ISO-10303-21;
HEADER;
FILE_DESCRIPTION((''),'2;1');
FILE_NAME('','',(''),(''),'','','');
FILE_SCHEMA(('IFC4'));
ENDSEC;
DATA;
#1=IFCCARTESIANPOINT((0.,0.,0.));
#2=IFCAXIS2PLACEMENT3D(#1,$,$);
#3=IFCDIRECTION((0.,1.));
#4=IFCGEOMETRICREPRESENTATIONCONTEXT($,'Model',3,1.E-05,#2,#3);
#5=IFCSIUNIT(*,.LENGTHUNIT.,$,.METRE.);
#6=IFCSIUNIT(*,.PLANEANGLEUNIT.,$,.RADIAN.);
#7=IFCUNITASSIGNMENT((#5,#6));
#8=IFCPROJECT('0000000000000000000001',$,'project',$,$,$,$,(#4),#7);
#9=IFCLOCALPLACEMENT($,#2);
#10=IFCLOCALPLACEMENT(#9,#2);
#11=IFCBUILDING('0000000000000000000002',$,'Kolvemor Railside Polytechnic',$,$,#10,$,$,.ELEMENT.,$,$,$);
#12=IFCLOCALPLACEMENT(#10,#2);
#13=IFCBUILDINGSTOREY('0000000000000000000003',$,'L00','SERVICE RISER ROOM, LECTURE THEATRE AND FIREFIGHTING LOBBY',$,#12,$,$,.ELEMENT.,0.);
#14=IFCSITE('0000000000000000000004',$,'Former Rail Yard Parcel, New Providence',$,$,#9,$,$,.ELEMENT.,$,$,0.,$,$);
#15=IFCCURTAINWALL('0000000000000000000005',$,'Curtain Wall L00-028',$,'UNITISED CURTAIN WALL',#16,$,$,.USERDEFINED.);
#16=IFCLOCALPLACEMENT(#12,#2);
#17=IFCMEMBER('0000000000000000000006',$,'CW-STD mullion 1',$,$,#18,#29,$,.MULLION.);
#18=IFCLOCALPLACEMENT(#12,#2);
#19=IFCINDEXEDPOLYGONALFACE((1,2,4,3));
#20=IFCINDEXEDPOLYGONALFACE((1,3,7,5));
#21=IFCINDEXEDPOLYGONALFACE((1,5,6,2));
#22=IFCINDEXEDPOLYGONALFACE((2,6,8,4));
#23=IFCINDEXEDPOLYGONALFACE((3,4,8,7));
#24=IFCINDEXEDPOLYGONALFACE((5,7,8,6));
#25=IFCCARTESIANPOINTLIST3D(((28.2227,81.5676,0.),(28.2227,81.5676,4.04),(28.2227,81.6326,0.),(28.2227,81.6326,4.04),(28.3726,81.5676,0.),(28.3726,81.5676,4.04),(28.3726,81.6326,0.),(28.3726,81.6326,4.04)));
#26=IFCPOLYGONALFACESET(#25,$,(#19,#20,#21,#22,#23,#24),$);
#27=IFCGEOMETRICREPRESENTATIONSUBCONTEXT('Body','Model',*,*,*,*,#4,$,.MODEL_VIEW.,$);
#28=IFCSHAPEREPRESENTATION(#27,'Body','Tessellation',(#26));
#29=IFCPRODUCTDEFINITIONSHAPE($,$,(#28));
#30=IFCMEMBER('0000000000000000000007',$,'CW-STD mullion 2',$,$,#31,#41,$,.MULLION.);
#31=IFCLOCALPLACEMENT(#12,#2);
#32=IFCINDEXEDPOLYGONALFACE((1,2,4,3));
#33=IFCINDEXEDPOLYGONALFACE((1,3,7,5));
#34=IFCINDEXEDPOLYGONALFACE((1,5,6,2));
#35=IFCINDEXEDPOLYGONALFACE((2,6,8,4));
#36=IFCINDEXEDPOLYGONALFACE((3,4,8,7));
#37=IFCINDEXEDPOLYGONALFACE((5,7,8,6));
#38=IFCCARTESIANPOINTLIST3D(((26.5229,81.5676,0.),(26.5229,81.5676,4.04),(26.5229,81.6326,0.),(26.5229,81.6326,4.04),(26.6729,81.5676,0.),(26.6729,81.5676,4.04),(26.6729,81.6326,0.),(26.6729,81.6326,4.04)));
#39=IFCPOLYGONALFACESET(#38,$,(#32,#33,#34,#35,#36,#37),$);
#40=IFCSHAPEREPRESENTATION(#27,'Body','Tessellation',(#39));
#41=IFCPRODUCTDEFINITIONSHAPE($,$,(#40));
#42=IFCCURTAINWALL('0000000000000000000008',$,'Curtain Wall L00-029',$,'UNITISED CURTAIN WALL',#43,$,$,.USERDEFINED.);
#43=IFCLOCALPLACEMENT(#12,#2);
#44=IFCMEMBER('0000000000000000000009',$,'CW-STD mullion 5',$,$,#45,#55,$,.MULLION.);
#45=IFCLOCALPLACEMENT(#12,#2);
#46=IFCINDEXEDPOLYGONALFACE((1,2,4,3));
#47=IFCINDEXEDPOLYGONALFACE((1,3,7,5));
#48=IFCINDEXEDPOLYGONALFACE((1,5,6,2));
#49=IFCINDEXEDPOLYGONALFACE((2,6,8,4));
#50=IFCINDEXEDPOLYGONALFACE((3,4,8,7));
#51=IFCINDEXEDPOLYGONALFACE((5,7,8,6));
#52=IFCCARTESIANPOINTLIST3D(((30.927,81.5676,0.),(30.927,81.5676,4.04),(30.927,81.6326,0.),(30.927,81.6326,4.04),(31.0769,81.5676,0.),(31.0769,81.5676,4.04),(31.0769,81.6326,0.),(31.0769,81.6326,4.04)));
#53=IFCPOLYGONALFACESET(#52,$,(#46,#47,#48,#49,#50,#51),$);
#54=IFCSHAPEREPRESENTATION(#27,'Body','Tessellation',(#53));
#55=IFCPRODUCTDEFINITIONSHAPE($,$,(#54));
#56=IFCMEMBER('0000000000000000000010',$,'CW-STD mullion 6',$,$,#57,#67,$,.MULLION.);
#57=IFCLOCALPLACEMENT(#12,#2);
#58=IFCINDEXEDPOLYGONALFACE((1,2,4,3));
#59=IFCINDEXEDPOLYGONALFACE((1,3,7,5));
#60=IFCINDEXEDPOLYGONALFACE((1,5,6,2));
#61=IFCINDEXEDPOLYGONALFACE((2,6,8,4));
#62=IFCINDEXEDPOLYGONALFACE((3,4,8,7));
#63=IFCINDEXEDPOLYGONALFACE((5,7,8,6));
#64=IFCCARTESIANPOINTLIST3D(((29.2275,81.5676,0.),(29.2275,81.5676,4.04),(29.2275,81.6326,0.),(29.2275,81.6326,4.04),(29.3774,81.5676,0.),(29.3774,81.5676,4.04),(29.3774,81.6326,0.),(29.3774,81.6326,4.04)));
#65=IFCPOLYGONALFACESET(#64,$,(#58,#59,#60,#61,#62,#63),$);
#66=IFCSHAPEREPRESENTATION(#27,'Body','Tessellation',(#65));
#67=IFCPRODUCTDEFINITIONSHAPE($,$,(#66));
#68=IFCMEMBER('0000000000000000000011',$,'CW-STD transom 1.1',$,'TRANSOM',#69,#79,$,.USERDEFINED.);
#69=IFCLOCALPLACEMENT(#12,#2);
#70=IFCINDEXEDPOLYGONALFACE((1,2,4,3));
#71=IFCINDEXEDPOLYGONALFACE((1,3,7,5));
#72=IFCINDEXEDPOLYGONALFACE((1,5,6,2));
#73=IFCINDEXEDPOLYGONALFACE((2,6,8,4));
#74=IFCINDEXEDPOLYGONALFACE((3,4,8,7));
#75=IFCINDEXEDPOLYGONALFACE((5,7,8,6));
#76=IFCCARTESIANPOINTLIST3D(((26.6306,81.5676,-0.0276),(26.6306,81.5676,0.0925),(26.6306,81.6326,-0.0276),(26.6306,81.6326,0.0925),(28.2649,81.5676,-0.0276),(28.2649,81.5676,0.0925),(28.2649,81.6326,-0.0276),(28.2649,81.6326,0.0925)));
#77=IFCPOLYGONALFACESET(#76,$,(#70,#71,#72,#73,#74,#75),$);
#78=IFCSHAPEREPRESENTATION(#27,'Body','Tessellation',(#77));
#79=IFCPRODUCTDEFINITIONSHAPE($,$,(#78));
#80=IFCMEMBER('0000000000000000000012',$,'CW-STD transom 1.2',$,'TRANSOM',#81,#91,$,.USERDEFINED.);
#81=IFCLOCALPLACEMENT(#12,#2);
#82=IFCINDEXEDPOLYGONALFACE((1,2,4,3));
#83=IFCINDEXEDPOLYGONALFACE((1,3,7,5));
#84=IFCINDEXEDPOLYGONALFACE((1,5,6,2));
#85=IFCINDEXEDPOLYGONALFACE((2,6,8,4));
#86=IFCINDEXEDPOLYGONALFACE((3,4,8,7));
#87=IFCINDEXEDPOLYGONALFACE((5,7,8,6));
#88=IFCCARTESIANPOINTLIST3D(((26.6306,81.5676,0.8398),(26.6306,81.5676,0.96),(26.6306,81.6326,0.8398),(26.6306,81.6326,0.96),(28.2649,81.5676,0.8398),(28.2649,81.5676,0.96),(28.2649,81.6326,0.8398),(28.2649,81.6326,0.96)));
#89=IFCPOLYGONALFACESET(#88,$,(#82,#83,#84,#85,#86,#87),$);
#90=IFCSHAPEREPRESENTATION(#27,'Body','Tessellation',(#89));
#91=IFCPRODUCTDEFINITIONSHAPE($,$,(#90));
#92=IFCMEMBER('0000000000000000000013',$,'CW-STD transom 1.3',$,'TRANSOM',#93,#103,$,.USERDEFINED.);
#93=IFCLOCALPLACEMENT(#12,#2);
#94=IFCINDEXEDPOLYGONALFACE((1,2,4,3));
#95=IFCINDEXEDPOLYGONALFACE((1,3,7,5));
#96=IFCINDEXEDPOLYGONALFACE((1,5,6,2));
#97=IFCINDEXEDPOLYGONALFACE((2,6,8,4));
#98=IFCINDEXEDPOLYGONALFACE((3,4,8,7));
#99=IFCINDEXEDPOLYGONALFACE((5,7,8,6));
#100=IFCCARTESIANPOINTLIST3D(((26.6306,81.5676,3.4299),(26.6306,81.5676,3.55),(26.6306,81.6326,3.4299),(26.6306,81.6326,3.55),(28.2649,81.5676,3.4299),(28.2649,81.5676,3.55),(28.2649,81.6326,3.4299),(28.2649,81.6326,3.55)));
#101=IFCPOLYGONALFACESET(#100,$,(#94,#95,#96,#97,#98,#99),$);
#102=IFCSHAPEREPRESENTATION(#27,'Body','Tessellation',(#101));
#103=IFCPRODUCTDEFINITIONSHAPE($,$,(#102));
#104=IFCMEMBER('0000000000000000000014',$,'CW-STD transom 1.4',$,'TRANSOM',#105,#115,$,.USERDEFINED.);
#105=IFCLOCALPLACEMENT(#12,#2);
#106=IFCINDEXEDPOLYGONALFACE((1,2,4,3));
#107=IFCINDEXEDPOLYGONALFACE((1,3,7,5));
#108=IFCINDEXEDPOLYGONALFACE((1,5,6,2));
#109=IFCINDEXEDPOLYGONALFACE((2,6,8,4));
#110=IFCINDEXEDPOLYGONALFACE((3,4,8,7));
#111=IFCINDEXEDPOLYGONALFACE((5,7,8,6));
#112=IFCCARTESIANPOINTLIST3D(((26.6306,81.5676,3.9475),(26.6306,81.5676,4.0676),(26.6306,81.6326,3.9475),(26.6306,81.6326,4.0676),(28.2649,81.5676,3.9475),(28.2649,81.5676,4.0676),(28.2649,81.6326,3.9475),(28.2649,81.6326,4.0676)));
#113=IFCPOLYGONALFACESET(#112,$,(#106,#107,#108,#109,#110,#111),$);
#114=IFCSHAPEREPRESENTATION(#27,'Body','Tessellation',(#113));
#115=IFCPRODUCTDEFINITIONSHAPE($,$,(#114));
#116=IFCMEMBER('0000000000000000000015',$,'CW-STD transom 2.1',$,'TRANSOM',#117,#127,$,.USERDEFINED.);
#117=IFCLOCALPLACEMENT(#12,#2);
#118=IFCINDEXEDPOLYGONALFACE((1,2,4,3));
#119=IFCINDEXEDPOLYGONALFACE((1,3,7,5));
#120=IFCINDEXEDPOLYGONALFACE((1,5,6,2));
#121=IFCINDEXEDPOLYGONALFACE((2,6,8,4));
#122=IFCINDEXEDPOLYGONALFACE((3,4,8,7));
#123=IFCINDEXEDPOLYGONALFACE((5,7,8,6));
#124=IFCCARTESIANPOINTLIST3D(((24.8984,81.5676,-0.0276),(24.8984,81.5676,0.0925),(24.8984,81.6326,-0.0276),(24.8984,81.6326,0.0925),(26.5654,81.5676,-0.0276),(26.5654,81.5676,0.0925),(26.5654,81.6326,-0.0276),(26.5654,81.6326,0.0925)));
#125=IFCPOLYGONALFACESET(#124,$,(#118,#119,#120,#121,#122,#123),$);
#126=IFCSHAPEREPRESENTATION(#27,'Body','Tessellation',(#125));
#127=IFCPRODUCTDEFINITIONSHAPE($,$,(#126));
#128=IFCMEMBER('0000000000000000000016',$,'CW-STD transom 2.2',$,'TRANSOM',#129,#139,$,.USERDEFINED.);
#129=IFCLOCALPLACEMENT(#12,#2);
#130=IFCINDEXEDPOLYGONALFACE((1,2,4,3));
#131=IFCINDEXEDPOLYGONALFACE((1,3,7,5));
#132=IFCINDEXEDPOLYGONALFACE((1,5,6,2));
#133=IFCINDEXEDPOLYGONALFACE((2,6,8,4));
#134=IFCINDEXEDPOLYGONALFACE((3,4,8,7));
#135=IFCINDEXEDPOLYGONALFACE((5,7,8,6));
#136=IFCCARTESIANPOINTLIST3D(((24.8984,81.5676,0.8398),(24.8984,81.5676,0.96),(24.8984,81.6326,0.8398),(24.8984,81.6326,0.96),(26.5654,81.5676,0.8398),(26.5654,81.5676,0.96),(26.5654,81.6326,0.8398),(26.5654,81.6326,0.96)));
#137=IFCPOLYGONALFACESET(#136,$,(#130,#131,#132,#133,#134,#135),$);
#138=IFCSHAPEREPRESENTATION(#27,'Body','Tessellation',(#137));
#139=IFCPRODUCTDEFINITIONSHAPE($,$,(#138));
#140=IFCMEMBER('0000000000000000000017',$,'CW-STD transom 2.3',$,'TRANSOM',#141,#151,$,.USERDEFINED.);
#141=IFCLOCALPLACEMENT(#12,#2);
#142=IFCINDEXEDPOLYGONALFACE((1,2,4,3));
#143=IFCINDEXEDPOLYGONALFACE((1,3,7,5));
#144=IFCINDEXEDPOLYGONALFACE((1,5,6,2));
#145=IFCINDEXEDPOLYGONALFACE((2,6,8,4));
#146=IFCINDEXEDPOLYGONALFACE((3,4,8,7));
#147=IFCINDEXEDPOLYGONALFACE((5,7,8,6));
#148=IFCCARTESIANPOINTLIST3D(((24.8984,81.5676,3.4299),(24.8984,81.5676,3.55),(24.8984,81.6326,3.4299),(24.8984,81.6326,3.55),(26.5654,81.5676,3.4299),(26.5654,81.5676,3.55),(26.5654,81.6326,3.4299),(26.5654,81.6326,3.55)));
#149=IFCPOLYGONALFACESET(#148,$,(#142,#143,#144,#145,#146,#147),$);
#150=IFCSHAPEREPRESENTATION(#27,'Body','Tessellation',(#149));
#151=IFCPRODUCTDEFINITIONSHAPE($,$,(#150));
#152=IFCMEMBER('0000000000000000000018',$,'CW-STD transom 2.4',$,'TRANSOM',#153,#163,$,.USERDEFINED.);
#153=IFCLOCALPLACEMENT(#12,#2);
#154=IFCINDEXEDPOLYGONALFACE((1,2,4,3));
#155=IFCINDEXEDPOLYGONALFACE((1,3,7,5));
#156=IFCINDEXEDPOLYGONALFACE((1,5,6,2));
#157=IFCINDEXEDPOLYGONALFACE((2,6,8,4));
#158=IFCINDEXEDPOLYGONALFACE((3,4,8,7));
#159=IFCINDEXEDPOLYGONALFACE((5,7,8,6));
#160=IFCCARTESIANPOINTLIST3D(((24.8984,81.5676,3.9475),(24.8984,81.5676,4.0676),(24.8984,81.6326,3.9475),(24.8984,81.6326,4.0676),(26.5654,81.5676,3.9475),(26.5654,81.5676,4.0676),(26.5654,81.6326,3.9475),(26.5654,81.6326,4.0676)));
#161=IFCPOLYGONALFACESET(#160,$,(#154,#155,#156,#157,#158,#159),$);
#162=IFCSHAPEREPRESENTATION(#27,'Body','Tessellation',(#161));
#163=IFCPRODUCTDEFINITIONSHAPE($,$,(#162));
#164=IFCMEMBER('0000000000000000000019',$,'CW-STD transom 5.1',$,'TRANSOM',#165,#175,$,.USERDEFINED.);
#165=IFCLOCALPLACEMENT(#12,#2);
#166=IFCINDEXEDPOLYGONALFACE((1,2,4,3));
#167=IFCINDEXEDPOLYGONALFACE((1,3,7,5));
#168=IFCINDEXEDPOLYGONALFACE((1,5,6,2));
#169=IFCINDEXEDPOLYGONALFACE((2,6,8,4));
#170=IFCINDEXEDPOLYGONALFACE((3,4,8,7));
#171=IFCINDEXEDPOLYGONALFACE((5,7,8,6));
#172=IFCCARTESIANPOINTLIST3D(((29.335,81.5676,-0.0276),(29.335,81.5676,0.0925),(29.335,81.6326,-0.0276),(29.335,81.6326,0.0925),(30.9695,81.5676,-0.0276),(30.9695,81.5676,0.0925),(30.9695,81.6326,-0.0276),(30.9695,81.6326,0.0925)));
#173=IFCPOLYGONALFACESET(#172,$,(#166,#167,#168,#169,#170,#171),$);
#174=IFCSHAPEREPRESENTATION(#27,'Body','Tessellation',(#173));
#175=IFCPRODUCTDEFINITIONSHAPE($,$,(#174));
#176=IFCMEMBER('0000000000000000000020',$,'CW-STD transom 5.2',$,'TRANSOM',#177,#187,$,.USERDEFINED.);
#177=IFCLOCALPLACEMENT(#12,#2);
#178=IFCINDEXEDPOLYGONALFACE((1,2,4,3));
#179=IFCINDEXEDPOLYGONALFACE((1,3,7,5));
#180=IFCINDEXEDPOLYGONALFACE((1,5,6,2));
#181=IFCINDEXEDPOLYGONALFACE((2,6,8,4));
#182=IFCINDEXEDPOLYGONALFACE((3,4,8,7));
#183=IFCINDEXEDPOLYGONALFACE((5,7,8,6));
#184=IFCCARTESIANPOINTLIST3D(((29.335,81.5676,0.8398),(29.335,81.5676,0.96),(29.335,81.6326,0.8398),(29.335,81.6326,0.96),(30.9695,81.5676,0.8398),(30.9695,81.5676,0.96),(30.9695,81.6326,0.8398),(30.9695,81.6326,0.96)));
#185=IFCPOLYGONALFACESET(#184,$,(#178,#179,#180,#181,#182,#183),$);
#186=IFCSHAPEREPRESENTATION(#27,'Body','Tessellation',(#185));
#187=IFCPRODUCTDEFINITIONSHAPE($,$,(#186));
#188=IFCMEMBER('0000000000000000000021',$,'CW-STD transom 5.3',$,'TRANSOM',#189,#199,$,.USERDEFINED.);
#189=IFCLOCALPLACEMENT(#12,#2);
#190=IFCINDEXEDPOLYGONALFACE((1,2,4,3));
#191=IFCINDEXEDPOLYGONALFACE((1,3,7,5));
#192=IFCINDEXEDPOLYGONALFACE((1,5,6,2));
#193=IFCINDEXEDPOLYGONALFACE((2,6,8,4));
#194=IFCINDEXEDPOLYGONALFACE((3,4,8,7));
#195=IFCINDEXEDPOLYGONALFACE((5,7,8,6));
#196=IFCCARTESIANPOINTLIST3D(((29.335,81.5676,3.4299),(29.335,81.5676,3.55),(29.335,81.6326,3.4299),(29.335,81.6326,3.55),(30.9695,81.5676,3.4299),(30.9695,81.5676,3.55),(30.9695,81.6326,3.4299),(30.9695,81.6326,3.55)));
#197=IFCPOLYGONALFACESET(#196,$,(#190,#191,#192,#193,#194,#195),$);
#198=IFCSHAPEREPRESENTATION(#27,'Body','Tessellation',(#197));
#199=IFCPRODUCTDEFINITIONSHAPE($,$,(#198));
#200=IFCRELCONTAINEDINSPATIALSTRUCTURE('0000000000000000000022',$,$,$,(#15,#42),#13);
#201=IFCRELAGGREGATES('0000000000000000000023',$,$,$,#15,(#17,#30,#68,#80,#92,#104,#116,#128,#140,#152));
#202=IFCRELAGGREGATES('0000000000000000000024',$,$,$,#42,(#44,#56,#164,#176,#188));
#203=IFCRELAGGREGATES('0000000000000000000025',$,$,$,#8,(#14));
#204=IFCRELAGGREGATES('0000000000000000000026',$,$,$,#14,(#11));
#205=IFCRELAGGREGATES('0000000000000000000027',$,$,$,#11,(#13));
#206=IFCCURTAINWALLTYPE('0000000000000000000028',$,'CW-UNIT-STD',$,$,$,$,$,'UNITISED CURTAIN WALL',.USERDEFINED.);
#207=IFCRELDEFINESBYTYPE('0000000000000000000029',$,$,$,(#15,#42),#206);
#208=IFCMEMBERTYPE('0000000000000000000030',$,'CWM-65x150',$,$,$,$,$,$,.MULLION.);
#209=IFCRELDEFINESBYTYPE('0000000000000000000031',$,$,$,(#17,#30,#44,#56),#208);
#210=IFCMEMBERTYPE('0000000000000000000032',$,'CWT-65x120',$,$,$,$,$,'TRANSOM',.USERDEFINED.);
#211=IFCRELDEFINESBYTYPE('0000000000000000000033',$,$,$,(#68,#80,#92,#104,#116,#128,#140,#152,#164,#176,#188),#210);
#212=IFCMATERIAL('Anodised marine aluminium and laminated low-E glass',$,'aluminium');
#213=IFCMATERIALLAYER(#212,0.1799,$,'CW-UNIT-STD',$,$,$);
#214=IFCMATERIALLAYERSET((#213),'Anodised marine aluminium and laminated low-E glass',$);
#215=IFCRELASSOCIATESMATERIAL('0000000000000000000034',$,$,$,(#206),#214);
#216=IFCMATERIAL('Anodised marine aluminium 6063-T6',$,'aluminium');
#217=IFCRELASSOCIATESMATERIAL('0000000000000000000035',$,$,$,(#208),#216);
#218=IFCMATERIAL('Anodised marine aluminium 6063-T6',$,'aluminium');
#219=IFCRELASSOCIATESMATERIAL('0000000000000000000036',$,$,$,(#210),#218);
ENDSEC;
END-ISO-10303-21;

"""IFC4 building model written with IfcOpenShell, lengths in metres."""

from ifc_helpers import new_model, si_unit, direction, frame, origin, origin_2d, place, context, subcontext, project, spatial, rectangle, extrude, material, layer, layer_set, material_profile, profile_set, type_object, element, aggregate, save


model = new_model("IFC4")

# Units and contexts
model_context = context("Model", 3, precision=1e-05, world=origin(), true_north=direction((0.0, 1.0)))
body_context = subcontext(model_context, "Body", "Model", "MODEL_VIEW")
ifc_project = project(units=[si_unit("LENGTHUNIT", "METRE"), si_unit("PLANEANGLEUNIT", "RADIAN")], contexts=[model_context])

# Site, building, storey
site_placement = place(None, origin())
site = spatial("IfcSite", under=ifc_project, at=site_placement, Name="Former Rail Yard Parcel, New Providence", CompositionType="ELEMENT", RefElevation=0.0)
building_placement = place(site_placement, origin())
building = spatial("IfcBuilding", under=site, at=building_placement, Name="Kolvemor Railside Polytechnic", CompositionType="ELEMENT")
storey_placement = place(building_placement, origin())
storey = spatial("IfcBuildingStorey", under=building, at=storey_placement, Name="L00", Description="SERVICE RISER ROOM, LECTURE THEATRE AND FIREFIGHTING LOBBY", CompositionType="ELEMENT", Elevation=0.0)

# Curtain walls, members
ifc_material_1 = material(Name="Anodised marine aluminium and laminated low-E glass", Category="aluminium")
ifc_layer_1 = layer(ifc_material_1, 0.1799, Name="CW-UNIT-STD")
ifc_layer_set_1 = layer_set([ifc_layer_1], Name="Anodised marine aluminium and laminated low-E glass")
curtain_wall_type = type_object("IfcCurtainWallType", Name="CW-UNIT-STD", ElementType="UNITISED CURTAIN WALL", PredefinedType="USERDEFINED", material=ifc_layer_set_1)
curtain_wall_1_placement = place(storey_placement, origin())
curtain_wall_1 = element("IfcCurtainWall", 1, at=curtain_wall_1_placement, inside=storey, type_object=curtain_wall_type, Name="Curtain Wall L00-028", ObjectType="UNITISED CURTAIN WALL", PredefinedType="USERDEFINED")
ifc_material_2 = material(Name="Anodised marine aluminium 6063-T6", Category="aluminium")
ifc_material_profile_1 = material_profile(ifc_material_2, rectangle(XDim=0.0649, YDim=0.1499, at=origin_2d()), Name="CW-MUL-65x150")
ifc_profile_set_1 = profile_set([ifc_material_profile_1], Name="Anodised marine aluminium 6063-T6")
member_type_1 = type_object("IfcMemberType", Name="CWM-65x150", PredefinedType="MULLION", material=ifc_profile_set_1)
member_1_placement = place(storey_placement, frame((28.2976, 81.6001, 0.0), z_axis=(0.0, 0.0, 1.0), x_axis=(0.0, -1.0, 0.0)))
member_1 = element("IfcMember", 2, at=member_1_placement, type_object=member_type_1, Name="CW-STD mullion 1", PredefinedType="MULLION", context=body_context, shape_type="SweptSolid", body=[
    extrude(rectangle(XDim=0.0649, YDim=0.1499, at=origin_2d()), origin(), (0.0, 0.0, 1.0), 4.04),
])
member_2_placement = place(storey_placement, frame((26.5979, 81.6001, 0.0), z_axis=(0.0, 0.0, 1.0), x_axis=(0.0, -1.0, 0.0)))
member_2 = element("IfcMember", 3, at=member_2_placement, type_object=member_type_1, Name="CW-STD mullion 2", PredefinedType="MULLION", context=body_context, shape_type="SweptSolid", body=[
    extrude(rectangle(XDim=0.0649, YDim=0.1499, at=origin_2d()), origin(), (0.0, 0.0, 1.0), 4.04),
])
curtain_wall_2_placement = place(storey_placement, origin())
curtain_wall_2 = element("IfcCurtainWall", 4, at=curtain_wall_2_placement, inside=storey, type_object=curtain_wall_type, Name="Curtain Wall L00-029", ObjectType="UNITISED CURTAIN WALL", PredefinedType="USERDEFINED")
member_3_placement = place(storey_placement, frame((31.002, 81.6001, 0.0), z_axis=(0.0, 0.0, 1.0), x_axis=(0.0, -1.0, 0.0)))
member_3 = element("IfcMember", 5, at=member_3_placement, type_object=member_type_1, Name="CW-STD mullion 5", PredefinedType="MULLION", context=body_context, shape_type="SweptSolid", body=[
    extrude(rectangle(XDim=0.0649, YDim=0.1499, at=origin_2d()), origin(), (0.0, 0.0, 1.0), 4.04),
])
member_4_placement = place(storey_placement, frame((29.3025, 81.6001, 0.0), z_axis=(0.0, 0.0, 1.0), x_axis=(0.0, -1.0, 0.0)))
member_4 = element("IfcMember", 6, at=member_4_placement, type_object=member_type_1, Name="CW-STD mullion 6", PredefinedType="MULLION", context=body_context, shape_type="SweptSolid", body=[
    extrude(rectangle(XDim=0.0649, YDim=0.1499, at=origin_2d()), origin(), (0.0, 0.0, 1.0), 4.04),
])

# Members
ifc_material_3 = material(Name="Anodised marine aluminium 6063-T6", Category="aluminium")
ifc_material_profile_2 = material_profile(ifc_material_3, rectangle(XDim=0.0649, YDim=0.1201, at=origin_2d()), Name="CW-TRN-65x120")
ifc_profile_set_2 = profile_set([ifc_material_profile_2], Name="Anodised marine aluminium 6063-T6")
member_type_2 = type_object("IfcMemberType", Name="CWT-65x120", ElementType="TRANSOM", PredefinedType="USERDEFINED", material=ifc_profile_set_2)
member_5_placement = place(storey_placement, frame((28.2649, 81.6001, 0.0325), z_axis=(-1.0, 0.0, 0.0), x_axis=(0.0, -1.0, 0.0)))
member_5 = element("IfcMember", 7, at=member_5_placement, type_object=member_type_2, Name="CW-STD transom 1.1", ObjectType="TRANSOM", PredefinedType="USERDEFINED", context=body_context, shape_type="SweptSolid", body=[
    extrude(rectangle(XDim=0.0649, YDim=0.1201, at=origin_2d()), origin(), (0.0, 0.0, 1.0), 1.6343),
])
member_6_placement = place(storey_placement, frame((28.2649, 81.6001, 0.8999), z_axis=(-1.0, 0.0, 0.0), x_axis=(0.0, -1.0, 0.0)))
member_6 = element("IfcMember", 8, at=member_6_placement, type_object=member_type_2, Name="CW-STD transom 1.2", ObjectType="TRANSOM", PredefinedType="USERDEFINED", context=body_context, shape_type="SweptSolid", body=[
    extrude(rectangle(XDim=0.0649, YDim=0.1201, at=origin_2d()), origin(), (0.0, 0.0, 1.0), 1.6343),
])
member_7_placement = place(storey_placement, frame((28.2649, 81.6001, 3.49), z_axis=(-1.0, 0.0, 0.0), x_axis=(0.0, -1.0, 0.0)))
member_7 = element("IfcMember", 9, at=member_7_placement, type_object=member_type_2, Name="CW-STD transom 1.3", ObjectType="TRANSOM", PredefinedType="USERDEFINED", context=body_context, shape_type="SweptSolid", body=[
    extrude(rectangle(XDim=0.0649, YDim=0.1201, at=origin_2d()), origin(), (0.0, 0.0, 1.0), 1.6343),
])
member_8_placement = place(storey_placement, frame((28.2649, 81.6001, 4.0076), z_axis=(-1.0, 0.0, 0.0), x_axis=(0.0, -1.0, 0.0)))
member_8 = element("IfcMember", 10, at=member_8_placement, type_object=member_type_2, Name="CW-STD transom 1.4", ObjectType="TRANSOM", PredefinedType="USERDEFINED", context=body_context, shape_type="SweptSolid", body=[
    extrude(rectangle(XDim=0.0649, YDim=0.1201, at=origin_2d()), origin(), (0.0, 0.0, 1.0), 1.6343),
])
member_9_placement = place(storey_placement, frame((26.5654, 81.6001, 0.0325), z_axis=(-1.0, 0.0, 0.0), x_axis=(0.0, -1.0, 0.0)))
member_9 = element("IfcMember", 11, at=member_9_placement, type_object=member_type_2, Name="CW-STD transom 2.1", ObjectType="TRANSOM", PredefinedType="USERDEFINED", context=body_context, shape_type="SweptSolid", body=[
    extrude(rectangle(XDim=0.0649, YDim=0.1201, at=origin_2d()), origin(), (0.0, 0.0, 1.0), 1.667),
])
member_10_placement = place(storey_placement, frame((26.5654, 81.6001, 0.8999), z_axis=(-1.0, 0.0, 0.0), x_axis=(0.0, -1.0, 0.0)))
member_10 = element("IfcMember", 12, at=member_10_placement, type_object=member_type_2, Name="CW-STD transom 2.2", ObjectType="TRANSOM", PredefinedType="USERDEFINED", context=body_context, shape_type="SweptSolid", body=[
    extrude(rectangle(XDim=0.0649, YDim=0.1201, at=origin_2d()), origin(), (0.0, 0.0, 1.0), 1.667),
])
member_11_placement = place(storey_placement, frame((26.5654, 81.6001, 3.49), z_axis=(-1.0, 0.0, 0.0), x_axis=(0.0, -1.0, 0.0)))
member_11 = element("IfcMember", 13, at=member_11_placement, type_object=member_type_2, Name="CW-STD transom 2.3", ObjectType="TRANSOM", PredefinedType="USERDEFINED", context=body_context, shape_type="SweptSolid", body=[
    extrude(rectangle(XDim=0.0649, YDim=0.1201, at=origin_2d()), origin(), (0.0, 0.0, 1.0), 1.667),
])
member_12_placement = place(storey_placement, frame((26.5654, 81.6001, 4.0076), z_axis=(-1.0, 0.0, 0.0), x_axis=(0.0, -1.0, 0.0)))
member_12 = element("IfcMember", 14, at=member_12_placement, type_object=member_type_2, Name="CW-STD transom 2.4", ObjectType="TRANSOM", PredefinedType="USERDEFINED", context=body_context, shape_type="SweptSolid", body=[
    extrude(rectangle(XDim=0.0649, YDim=0.1201, at=origin_2d()), origin(), (0.0, 0.0, 1.0), 1.667),
])
member_13_placement = place(storey_placement, frame((30.9695, 81.6001, 0.0325), z_axis=(-1.0, 0.0, 0.0), x_axis=(0.0, -1.0, 0.0)))
member_13 = element("IfcMember", 15, at=member_13_placement, type_object=member_type_2, Name="CW-STD transom 5.1", ObjectType="TRANSOM", PredefinedType="USERDEFINED", context=body_context, shape_type="SweptSolid", body=[
    extrude(rectangle(XDim=0.0649, YDim=0.1201, at=origin_2d()), origin(), (0.0, 0.0, 1.0), 1.6345),
])
member_14_placement = place(storey_placement, frame((30.9695, 81.6001, 0.8999), z_axis=(-1.0, 0.0, 0.0), x_axis=(0.0, -1.0, 0.0)))
member_14 = element("IfcMember", 16, at=member_14_placement, type_object=member_type_2, Name="CW-STD transom 5.2", ObjectType="TRANSOM", PredefinedType="USERDEFINED", context=body_context, shape_type="SweptSolid", body=[
    extrude(rectangle(XDim=0.0649, YDim=0.1201, at=origin_2d()), origin(), (0.0, 0.0, 1.0), 1.6345),
])
member_15_placement = place(storey_placement, frame((30.9695, 81.6001, 3.49), z_axis=(-1.0, 0.0, 0.0), x_axis=(0.0, -1.0, 0.0)))
member_15 = element("IfcMember", 17, at=member_15_placement, type_object=member_type_2, Name="CW-STD transom 5.3", ObjectType="TRANSOM", PredefinedType="USERDEFINED", context=body_context, shape_type="SweptSolid", body=[
    extrude(rectangle(XDim=0.0649, YDim=0.1201, at=origin_2d()), origin(), (0.0, 0.0, 1.0), 1.6345),
])

aggregate(curtain_wall_1, [member_1, member_2, member_5, member_6, member_7, member_8, member_9, member_10, member_11, member_12])
aggregate(curtain_wall_2, [member_3, member_4, member_13, member_14, member_15])

save(model, "model.ifc")
